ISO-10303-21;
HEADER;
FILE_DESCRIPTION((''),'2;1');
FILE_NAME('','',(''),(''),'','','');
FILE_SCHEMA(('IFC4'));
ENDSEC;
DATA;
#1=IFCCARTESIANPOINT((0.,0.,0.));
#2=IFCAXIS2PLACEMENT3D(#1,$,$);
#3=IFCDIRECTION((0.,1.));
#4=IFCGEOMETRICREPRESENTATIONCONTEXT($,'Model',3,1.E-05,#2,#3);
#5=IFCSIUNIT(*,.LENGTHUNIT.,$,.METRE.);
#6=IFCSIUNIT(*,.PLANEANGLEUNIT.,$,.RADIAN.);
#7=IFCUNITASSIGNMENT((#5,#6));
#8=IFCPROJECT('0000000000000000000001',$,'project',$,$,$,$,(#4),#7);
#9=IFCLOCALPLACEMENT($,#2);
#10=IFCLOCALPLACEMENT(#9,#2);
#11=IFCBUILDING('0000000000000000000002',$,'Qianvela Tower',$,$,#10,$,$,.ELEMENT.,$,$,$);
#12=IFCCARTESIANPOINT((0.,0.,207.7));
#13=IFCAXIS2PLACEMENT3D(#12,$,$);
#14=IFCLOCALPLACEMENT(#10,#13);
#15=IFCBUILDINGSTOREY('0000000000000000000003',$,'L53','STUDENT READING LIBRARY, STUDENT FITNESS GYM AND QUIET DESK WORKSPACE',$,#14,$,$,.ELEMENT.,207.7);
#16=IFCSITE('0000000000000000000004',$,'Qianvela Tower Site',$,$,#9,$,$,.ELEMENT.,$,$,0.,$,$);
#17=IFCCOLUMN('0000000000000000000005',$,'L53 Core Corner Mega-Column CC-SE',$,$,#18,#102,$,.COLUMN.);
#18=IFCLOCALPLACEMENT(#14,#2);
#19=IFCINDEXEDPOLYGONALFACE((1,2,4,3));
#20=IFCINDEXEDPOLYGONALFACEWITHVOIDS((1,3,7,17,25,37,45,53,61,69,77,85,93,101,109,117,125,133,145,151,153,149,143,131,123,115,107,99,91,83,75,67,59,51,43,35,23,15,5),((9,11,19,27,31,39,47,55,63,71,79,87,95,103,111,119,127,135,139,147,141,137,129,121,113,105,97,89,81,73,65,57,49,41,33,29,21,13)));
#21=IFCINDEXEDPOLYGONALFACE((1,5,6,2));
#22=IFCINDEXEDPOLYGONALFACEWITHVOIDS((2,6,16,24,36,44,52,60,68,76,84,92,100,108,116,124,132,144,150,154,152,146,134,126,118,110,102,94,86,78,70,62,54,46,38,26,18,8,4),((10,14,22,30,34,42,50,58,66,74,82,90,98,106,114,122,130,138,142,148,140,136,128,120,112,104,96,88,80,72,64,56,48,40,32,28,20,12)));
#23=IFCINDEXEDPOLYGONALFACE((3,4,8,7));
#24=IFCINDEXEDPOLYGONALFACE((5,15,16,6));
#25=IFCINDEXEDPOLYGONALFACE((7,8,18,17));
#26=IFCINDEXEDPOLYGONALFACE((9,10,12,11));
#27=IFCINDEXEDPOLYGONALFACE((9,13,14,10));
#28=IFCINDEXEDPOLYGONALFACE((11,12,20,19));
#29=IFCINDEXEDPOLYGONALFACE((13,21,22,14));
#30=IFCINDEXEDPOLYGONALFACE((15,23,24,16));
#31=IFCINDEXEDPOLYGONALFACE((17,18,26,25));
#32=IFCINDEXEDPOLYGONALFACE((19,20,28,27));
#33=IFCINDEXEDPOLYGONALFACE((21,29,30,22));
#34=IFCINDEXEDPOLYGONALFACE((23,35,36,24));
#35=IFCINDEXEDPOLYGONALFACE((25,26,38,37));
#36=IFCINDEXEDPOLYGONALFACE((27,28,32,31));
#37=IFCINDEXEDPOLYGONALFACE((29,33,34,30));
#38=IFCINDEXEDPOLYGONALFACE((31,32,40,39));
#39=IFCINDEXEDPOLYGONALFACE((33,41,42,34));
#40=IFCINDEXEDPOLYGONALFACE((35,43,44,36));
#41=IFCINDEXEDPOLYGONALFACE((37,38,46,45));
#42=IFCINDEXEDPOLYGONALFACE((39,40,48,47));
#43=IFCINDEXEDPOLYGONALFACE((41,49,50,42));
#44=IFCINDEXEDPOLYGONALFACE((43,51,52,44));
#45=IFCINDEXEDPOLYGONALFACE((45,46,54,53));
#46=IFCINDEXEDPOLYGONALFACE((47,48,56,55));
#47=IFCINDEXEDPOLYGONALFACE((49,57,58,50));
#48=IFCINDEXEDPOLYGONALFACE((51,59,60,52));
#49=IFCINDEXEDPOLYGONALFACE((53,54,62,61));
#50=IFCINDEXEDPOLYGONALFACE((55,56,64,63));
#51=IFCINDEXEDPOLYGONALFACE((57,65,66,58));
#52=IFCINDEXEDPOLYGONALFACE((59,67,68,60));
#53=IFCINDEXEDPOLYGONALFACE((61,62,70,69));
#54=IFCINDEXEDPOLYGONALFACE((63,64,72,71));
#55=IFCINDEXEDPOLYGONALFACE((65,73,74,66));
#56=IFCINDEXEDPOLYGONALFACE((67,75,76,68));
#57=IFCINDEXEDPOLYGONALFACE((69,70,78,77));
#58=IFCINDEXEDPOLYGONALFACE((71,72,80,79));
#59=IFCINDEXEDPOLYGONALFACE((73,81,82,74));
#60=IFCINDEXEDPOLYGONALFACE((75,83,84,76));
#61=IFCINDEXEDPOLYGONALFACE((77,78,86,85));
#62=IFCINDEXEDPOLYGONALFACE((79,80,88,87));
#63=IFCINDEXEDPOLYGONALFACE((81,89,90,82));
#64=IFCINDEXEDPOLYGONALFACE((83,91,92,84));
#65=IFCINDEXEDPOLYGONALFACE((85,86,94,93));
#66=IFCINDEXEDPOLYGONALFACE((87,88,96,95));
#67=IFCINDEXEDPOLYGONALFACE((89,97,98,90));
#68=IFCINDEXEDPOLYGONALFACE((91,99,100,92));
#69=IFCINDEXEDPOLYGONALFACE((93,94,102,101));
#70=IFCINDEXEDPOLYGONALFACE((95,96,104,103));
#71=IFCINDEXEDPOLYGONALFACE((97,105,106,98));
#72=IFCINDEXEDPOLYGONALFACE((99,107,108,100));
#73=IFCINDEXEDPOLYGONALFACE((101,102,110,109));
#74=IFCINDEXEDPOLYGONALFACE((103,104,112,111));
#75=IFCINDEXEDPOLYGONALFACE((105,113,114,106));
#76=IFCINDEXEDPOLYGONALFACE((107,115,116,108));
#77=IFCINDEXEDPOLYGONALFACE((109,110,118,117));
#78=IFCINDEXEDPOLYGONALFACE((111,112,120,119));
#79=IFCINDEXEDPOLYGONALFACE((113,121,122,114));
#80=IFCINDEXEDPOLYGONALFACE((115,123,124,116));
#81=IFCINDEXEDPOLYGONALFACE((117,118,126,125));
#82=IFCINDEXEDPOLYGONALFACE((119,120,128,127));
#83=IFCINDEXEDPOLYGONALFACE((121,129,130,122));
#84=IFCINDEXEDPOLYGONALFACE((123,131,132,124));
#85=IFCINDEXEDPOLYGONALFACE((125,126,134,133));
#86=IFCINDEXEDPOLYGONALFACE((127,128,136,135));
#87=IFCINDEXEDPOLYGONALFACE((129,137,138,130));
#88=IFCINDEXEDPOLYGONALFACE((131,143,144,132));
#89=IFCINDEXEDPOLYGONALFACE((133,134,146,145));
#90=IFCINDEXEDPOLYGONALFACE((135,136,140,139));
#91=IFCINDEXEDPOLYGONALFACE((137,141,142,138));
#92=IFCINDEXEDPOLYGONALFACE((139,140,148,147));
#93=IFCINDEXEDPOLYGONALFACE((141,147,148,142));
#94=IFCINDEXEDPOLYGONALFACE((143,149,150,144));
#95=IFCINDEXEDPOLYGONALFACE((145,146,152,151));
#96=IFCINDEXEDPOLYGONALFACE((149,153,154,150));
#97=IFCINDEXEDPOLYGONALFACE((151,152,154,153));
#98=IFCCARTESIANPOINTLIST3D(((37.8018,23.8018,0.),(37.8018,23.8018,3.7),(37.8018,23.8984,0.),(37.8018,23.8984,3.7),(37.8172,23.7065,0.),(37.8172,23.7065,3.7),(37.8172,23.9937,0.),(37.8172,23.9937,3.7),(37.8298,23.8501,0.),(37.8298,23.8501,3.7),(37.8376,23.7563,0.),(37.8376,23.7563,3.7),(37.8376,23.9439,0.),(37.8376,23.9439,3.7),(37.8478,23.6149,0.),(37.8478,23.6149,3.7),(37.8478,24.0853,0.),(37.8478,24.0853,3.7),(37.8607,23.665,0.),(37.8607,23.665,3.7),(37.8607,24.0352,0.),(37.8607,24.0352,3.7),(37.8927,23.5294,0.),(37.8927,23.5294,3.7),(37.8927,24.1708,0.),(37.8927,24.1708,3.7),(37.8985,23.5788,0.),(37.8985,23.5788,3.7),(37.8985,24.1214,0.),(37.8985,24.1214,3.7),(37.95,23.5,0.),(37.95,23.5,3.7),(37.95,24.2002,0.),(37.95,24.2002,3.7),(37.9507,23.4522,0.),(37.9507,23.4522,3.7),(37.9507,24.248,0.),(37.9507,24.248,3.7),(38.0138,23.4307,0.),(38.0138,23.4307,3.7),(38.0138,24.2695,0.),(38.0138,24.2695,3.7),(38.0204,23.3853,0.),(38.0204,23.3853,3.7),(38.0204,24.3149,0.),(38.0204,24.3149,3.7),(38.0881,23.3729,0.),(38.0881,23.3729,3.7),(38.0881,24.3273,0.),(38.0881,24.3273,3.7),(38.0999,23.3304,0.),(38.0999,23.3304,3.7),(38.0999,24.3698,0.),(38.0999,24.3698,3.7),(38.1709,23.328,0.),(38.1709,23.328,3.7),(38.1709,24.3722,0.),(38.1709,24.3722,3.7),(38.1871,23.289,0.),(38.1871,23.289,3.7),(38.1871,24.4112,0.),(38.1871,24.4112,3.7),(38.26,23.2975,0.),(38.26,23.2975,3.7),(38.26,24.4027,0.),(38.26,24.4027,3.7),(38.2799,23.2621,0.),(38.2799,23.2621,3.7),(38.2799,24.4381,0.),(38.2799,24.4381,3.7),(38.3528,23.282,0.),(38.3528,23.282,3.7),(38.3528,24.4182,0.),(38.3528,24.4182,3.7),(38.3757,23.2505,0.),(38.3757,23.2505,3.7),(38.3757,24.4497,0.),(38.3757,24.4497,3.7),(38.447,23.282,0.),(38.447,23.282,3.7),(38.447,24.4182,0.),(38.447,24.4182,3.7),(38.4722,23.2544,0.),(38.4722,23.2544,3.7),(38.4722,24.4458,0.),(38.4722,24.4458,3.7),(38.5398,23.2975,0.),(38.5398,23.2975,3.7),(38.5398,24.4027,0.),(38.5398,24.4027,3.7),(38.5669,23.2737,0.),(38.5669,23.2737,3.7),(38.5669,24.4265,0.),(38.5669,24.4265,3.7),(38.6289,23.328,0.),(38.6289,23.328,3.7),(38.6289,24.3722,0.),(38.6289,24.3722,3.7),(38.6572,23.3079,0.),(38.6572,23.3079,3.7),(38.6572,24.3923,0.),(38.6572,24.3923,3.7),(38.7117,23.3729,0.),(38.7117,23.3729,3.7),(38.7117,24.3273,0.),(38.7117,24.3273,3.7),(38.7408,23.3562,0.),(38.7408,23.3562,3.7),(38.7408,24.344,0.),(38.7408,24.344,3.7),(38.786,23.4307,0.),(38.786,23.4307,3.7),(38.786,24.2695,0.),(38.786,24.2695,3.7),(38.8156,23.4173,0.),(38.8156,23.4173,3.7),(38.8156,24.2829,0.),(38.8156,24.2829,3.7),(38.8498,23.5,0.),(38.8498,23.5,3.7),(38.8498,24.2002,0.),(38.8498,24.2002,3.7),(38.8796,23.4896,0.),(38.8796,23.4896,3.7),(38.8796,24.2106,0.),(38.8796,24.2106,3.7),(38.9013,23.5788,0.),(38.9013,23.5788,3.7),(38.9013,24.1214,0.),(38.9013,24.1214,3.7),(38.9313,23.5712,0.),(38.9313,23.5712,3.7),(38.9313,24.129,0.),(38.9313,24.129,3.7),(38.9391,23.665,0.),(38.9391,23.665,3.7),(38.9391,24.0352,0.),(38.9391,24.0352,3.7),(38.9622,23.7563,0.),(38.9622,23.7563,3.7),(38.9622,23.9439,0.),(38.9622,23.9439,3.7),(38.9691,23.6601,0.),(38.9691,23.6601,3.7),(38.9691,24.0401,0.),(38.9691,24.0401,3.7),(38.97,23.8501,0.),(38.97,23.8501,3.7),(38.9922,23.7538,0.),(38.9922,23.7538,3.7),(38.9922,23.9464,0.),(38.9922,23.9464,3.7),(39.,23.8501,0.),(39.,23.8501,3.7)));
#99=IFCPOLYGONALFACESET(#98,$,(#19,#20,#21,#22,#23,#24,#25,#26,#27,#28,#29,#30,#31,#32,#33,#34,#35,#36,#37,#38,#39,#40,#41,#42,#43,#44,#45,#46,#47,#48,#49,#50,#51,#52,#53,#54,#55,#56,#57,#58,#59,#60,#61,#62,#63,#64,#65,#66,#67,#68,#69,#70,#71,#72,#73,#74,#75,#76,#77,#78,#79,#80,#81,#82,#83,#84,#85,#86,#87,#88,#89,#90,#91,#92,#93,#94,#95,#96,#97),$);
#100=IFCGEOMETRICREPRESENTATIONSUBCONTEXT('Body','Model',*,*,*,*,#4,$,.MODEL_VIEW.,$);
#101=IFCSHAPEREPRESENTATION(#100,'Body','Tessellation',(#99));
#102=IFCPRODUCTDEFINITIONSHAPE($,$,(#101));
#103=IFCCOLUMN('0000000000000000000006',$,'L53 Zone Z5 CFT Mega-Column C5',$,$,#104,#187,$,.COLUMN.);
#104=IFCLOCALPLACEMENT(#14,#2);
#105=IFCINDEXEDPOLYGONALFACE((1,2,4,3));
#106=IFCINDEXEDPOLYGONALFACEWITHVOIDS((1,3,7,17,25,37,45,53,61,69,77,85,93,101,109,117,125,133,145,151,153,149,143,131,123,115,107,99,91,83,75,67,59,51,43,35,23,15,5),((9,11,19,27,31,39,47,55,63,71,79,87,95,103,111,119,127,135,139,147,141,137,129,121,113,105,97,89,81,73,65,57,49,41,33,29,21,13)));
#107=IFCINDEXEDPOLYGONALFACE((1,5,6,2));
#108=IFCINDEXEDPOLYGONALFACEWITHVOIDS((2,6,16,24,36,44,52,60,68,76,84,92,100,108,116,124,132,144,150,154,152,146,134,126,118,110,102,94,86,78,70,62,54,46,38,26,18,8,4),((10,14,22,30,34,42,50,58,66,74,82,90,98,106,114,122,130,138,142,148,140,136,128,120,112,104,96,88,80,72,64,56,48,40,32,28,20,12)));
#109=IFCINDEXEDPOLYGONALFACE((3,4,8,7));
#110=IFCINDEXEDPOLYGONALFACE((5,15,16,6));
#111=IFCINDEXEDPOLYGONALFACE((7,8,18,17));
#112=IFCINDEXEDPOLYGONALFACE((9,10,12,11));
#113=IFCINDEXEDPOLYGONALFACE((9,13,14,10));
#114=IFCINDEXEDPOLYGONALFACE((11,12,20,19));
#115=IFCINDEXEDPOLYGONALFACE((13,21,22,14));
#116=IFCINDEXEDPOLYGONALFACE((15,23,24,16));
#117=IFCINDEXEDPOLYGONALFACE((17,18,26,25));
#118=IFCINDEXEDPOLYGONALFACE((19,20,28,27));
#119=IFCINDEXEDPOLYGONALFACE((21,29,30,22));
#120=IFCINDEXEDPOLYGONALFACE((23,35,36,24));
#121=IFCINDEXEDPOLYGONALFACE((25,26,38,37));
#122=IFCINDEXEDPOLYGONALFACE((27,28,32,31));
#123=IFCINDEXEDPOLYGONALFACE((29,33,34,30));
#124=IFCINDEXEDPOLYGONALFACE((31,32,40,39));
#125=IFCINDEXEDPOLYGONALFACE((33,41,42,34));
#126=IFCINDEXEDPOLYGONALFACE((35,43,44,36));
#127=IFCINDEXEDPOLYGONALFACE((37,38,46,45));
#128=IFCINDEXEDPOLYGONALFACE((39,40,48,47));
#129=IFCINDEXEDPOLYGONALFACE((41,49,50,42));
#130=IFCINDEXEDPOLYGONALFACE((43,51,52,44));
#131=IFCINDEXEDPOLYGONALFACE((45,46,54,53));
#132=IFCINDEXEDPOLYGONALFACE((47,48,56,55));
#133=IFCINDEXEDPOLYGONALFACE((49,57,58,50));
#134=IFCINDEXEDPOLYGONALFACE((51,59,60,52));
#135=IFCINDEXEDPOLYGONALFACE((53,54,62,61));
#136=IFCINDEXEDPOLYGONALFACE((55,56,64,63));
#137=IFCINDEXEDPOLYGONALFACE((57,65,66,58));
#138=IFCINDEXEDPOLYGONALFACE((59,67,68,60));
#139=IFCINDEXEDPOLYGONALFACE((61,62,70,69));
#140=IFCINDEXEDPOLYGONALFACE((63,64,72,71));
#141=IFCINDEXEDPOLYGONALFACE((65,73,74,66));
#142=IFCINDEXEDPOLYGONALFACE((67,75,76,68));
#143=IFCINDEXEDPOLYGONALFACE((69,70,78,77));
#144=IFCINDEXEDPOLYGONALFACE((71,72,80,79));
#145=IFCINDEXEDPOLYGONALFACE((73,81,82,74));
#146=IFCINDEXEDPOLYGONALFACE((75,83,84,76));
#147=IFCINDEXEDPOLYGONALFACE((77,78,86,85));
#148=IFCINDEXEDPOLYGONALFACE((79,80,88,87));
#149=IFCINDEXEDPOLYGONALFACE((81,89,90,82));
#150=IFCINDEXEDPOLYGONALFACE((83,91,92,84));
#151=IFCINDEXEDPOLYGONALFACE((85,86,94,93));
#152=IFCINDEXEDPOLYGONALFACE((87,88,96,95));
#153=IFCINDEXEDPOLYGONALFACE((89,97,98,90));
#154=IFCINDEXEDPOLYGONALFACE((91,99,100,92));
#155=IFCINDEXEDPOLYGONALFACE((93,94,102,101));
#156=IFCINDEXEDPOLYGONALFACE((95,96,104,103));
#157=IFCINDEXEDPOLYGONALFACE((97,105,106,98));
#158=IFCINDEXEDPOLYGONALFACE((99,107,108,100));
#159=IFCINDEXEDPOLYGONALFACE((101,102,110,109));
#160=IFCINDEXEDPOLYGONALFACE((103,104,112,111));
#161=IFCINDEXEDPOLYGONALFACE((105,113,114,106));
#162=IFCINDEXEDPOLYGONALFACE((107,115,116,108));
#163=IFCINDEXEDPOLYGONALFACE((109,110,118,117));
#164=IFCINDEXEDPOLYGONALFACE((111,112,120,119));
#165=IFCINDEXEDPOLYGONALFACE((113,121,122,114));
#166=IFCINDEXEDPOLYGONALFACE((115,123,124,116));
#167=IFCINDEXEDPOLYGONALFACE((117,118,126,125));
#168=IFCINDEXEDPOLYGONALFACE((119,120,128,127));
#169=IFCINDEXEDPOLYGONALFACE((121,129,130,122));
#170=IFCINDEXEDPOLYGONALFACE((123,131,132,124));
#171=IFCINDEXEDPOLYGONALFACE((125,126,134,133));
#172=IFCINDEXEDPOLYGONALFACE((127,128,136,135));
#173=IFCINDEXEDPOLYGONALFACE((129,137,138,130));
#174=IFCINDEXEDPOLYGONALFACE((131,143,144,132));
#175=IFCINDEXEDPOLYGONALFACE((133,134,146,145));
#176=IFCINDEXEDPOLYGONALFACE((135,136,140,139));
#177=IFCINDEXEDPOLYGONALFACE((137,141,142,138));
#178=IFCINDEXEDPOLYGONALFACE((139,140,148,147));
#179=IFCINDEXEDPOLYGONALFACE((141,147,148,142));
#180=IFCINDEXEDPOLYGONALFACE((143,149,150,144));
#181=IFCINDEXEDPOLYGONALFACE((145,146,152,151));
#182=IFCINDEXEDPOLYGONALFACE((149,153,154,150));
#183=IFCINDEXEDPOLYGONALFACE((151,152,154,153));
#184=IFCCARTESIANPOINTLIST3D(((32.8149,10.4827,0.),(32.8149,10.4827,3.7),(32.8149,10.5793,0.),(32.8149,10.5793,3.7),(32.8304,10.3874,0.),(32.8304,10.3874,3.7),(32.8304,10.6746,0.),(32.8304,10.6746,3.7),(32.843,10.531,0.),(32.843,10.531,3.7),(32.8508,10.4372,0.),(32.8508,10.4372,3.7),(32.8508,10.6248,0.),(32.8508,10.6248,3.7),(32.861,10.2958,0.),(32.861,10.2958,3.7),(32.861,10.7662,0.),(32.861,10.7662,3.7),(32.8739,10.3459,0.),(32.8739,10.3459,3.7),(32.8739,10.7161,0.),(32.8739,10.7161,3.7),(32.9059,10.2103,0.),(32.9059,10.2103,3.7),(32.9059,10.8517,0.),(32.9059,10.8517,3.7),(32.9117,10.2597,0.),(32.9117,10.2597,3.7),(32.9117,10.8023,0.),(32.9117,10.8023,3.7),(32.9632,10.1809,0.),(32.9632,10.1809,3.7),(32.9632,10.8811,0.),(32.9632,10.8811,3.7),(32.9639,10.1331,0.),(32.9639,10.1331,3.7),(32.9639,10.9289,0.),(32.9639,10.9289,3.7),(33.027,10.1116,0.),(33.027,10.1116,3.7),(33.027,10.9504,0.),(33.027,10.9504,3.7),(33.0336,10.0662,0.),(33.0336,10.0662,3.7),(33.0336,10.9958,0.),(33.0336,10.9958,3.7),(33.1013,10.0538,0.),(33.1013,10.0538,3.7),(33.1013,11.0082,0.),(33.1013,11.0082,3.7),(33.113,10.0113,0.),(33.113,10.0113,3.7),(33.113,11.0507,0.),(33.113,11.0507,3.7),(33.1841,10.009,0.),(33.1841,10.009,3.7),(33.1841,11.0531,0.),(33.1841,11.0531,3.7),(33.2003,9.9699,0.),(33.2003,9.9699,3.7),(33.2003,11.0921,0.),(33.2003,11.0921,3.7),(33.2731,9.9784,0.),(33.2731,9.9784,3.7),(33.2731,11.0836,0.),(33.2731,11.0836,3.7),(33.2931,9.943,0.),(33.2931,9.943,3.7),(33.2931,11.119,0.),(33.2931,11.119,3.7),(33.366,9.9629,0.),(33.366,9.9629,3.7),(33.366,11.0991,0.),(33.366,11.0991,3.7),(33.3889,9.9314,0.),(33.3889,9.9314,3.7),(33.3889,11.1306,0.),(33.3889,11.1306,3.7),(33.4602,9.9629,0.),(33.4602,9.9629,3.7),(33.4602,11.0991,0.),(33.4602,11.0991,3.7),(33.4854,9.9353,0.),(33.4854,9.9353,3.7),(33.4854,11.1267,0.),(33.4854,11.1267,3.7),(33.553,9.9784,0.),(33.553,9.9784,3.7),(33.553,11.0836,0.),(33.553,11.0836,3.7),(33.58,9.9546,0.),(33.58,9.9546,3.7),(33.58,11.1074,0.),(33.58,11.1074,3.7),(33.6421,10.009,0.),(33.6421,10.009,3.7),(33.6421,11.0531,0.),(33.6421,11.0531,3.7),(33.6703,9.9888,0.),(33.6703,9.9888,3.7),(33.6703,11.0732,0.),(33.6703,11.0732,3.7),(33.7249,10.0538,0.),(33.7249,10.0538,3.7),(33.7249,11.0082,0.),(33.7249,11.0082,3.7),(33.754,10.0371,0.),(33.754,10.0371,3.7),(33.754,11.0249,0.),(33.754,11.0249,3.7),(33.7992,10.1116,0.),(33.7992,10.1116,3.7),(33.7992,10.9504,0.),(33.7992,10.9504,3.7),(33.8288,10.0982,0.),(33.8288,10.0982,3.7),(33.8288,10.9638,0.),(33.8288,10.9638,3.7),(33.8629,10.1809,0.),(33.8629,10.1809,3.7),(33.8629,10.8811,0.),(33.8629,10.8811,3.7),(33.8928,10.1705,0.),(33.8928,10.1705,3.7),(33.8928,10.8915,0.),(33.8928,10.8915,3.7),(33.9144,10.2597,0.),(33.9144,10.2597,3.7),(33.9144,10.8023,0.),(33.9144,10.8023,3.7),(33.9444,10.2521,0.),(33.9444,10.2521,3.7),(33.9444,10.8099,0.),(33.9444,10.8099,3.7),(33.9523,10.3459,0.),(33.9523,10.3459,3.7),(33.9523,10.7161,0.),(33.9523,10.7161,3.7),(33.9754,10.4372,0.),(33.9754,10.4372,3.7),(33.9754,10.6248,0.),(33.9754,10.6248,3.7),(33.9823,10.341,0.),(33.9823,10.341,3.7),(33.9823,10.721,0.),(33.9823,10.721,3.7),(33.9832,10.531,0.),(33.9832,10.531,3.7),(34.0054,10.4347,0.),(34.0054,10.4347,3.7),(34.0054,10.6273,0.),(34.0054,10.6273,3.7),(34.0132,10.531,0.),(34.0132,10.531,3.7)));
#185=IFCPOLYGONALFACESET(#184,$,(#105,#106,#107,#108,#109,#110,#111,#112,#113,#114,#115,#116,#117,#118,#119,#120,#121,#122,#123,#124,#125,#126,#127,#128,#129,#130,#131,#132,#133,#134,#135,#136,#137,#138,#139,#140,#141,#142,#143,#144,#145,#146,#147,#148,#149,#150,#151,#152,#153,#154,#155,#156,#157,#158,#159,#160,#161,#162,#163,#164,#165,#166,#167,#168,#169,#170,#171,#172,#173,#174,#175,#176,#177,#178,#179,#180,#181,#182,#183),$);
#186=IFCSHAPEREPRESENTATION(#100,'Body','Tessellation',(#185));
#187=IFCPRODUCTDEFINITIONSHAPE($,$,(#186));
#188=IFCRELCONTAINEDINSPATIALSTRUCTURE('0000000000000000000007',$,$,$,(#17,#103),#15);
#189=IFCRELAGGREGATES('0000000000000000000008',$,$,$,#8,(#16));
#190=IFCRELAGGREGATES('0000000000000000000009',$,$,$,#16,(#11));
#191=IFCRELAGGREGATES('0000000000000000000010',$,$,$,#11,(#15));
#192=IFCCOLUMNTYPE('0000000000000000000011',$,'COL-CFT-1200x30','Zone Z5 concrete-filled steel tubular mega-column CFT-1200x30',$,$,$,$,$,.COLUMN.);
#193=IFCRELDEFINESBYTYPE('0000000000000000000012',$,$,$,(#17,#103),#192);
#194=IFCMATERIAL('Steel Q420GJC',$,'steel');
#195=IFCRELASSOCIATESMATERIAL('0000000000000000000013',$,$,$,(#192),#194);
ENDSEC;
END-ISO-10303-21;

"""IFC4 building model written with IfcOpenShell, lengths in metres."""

from ifc_helpers import new_model, si_unit, direction, frame, origin, origin_2d, place, context, subcontext, project, spatial, hollow_circle, extrude, material, material_profile, profile_set, type_object, element, save


model = new_model("IFC4")

# Units and contexts
model_context = context("Model", 3, precision=1e-05, world=origin(), true_north=direction((0.0, 1.0)))
body_context = subcontext(model_context, "Body", "Model", "MODEL_VIEW")
ifc_project = project(units=[si_unit("LENGTHUNIT", "METRE"), si_unit("PLANEANGLEUNIT", "RADIAN")], contexts=[model_context])

# Site, building, storey
site_placement = place(None, origin())
site = spatial("IfcSite", under=ifc_project, at=site_placement, Name="Qianvela Tower Site", CompositionType="ELEMENT", RefElevation=0.0)
building_placement = place(site_placement, origin())
building = spatial("IfcBuilding", under=site, at=building_placement, Name="Qianvela Tower", CompositionType="ELEMENT")
storey_placement = place(building_placement, frame((0.0, 0.0, 207.7)))
storey = spatial("IfcBuildingStorey", under=building, at=storey_placement, Name="L53", Description="STUDENT READING LIBRARY, STUDENT FITNESS GYM AND QUIET DESK WORKSPACE", CompositionType="ELEMENT", Elevation=207.7)

# Columns
ifc_material_1 = material(Name="Steel Q420GJC", Category="steel")
ifc_material_profile_1 = material_profile(ifc_material_1, hollow_circle(Radius=0.6001, WallThickness=0.03, at=origin_2d()), Name="CFT-1200x30")
ifc_profile_set_1 = profile_set([ifc_material_profile_1], Name="Steel Q420GJC")
column_type = type_object("IfcColumnType", Name="COL-CFT-1200x30", Description="Zone Z5 concrete-filled steel tubular mega-column CFT-1200x30", PredefinedType="COLUMN", material=ifc_profile_set_1)
for number, where, z_axis, x_axis, name in (
    (1, (38.3999, 23.8501, 0.0), (0.0, 0.0, 1.0), (1.0, 0.0, 0.0), "L53 Core Corner Mega-Column CC-SE"),
    (2, (33.4131, 10.531, 0.0), (0.0, 0.0, 1.0), (1.0, 0.0, 0.0), "L53 Zone Z5 CFT Mega-Column C5"),
):
    element("IfcColumn", number, at=place(storey_placement, frame(where, z_axis=z_axis, x_axis=x_axis)), inside=storey, type_object=column_type, Name=name, PredefinedType="COLUMN", context=body_context, shape_type="SweptSolid", body=[
        extrude(hollow_circle(Radius=0.6001, WallThickness=0.03, at=origin_2d()), origin(), (0.0, 0.0, 1.0), 3.7),
    ])

save(model, "model.ifc")
